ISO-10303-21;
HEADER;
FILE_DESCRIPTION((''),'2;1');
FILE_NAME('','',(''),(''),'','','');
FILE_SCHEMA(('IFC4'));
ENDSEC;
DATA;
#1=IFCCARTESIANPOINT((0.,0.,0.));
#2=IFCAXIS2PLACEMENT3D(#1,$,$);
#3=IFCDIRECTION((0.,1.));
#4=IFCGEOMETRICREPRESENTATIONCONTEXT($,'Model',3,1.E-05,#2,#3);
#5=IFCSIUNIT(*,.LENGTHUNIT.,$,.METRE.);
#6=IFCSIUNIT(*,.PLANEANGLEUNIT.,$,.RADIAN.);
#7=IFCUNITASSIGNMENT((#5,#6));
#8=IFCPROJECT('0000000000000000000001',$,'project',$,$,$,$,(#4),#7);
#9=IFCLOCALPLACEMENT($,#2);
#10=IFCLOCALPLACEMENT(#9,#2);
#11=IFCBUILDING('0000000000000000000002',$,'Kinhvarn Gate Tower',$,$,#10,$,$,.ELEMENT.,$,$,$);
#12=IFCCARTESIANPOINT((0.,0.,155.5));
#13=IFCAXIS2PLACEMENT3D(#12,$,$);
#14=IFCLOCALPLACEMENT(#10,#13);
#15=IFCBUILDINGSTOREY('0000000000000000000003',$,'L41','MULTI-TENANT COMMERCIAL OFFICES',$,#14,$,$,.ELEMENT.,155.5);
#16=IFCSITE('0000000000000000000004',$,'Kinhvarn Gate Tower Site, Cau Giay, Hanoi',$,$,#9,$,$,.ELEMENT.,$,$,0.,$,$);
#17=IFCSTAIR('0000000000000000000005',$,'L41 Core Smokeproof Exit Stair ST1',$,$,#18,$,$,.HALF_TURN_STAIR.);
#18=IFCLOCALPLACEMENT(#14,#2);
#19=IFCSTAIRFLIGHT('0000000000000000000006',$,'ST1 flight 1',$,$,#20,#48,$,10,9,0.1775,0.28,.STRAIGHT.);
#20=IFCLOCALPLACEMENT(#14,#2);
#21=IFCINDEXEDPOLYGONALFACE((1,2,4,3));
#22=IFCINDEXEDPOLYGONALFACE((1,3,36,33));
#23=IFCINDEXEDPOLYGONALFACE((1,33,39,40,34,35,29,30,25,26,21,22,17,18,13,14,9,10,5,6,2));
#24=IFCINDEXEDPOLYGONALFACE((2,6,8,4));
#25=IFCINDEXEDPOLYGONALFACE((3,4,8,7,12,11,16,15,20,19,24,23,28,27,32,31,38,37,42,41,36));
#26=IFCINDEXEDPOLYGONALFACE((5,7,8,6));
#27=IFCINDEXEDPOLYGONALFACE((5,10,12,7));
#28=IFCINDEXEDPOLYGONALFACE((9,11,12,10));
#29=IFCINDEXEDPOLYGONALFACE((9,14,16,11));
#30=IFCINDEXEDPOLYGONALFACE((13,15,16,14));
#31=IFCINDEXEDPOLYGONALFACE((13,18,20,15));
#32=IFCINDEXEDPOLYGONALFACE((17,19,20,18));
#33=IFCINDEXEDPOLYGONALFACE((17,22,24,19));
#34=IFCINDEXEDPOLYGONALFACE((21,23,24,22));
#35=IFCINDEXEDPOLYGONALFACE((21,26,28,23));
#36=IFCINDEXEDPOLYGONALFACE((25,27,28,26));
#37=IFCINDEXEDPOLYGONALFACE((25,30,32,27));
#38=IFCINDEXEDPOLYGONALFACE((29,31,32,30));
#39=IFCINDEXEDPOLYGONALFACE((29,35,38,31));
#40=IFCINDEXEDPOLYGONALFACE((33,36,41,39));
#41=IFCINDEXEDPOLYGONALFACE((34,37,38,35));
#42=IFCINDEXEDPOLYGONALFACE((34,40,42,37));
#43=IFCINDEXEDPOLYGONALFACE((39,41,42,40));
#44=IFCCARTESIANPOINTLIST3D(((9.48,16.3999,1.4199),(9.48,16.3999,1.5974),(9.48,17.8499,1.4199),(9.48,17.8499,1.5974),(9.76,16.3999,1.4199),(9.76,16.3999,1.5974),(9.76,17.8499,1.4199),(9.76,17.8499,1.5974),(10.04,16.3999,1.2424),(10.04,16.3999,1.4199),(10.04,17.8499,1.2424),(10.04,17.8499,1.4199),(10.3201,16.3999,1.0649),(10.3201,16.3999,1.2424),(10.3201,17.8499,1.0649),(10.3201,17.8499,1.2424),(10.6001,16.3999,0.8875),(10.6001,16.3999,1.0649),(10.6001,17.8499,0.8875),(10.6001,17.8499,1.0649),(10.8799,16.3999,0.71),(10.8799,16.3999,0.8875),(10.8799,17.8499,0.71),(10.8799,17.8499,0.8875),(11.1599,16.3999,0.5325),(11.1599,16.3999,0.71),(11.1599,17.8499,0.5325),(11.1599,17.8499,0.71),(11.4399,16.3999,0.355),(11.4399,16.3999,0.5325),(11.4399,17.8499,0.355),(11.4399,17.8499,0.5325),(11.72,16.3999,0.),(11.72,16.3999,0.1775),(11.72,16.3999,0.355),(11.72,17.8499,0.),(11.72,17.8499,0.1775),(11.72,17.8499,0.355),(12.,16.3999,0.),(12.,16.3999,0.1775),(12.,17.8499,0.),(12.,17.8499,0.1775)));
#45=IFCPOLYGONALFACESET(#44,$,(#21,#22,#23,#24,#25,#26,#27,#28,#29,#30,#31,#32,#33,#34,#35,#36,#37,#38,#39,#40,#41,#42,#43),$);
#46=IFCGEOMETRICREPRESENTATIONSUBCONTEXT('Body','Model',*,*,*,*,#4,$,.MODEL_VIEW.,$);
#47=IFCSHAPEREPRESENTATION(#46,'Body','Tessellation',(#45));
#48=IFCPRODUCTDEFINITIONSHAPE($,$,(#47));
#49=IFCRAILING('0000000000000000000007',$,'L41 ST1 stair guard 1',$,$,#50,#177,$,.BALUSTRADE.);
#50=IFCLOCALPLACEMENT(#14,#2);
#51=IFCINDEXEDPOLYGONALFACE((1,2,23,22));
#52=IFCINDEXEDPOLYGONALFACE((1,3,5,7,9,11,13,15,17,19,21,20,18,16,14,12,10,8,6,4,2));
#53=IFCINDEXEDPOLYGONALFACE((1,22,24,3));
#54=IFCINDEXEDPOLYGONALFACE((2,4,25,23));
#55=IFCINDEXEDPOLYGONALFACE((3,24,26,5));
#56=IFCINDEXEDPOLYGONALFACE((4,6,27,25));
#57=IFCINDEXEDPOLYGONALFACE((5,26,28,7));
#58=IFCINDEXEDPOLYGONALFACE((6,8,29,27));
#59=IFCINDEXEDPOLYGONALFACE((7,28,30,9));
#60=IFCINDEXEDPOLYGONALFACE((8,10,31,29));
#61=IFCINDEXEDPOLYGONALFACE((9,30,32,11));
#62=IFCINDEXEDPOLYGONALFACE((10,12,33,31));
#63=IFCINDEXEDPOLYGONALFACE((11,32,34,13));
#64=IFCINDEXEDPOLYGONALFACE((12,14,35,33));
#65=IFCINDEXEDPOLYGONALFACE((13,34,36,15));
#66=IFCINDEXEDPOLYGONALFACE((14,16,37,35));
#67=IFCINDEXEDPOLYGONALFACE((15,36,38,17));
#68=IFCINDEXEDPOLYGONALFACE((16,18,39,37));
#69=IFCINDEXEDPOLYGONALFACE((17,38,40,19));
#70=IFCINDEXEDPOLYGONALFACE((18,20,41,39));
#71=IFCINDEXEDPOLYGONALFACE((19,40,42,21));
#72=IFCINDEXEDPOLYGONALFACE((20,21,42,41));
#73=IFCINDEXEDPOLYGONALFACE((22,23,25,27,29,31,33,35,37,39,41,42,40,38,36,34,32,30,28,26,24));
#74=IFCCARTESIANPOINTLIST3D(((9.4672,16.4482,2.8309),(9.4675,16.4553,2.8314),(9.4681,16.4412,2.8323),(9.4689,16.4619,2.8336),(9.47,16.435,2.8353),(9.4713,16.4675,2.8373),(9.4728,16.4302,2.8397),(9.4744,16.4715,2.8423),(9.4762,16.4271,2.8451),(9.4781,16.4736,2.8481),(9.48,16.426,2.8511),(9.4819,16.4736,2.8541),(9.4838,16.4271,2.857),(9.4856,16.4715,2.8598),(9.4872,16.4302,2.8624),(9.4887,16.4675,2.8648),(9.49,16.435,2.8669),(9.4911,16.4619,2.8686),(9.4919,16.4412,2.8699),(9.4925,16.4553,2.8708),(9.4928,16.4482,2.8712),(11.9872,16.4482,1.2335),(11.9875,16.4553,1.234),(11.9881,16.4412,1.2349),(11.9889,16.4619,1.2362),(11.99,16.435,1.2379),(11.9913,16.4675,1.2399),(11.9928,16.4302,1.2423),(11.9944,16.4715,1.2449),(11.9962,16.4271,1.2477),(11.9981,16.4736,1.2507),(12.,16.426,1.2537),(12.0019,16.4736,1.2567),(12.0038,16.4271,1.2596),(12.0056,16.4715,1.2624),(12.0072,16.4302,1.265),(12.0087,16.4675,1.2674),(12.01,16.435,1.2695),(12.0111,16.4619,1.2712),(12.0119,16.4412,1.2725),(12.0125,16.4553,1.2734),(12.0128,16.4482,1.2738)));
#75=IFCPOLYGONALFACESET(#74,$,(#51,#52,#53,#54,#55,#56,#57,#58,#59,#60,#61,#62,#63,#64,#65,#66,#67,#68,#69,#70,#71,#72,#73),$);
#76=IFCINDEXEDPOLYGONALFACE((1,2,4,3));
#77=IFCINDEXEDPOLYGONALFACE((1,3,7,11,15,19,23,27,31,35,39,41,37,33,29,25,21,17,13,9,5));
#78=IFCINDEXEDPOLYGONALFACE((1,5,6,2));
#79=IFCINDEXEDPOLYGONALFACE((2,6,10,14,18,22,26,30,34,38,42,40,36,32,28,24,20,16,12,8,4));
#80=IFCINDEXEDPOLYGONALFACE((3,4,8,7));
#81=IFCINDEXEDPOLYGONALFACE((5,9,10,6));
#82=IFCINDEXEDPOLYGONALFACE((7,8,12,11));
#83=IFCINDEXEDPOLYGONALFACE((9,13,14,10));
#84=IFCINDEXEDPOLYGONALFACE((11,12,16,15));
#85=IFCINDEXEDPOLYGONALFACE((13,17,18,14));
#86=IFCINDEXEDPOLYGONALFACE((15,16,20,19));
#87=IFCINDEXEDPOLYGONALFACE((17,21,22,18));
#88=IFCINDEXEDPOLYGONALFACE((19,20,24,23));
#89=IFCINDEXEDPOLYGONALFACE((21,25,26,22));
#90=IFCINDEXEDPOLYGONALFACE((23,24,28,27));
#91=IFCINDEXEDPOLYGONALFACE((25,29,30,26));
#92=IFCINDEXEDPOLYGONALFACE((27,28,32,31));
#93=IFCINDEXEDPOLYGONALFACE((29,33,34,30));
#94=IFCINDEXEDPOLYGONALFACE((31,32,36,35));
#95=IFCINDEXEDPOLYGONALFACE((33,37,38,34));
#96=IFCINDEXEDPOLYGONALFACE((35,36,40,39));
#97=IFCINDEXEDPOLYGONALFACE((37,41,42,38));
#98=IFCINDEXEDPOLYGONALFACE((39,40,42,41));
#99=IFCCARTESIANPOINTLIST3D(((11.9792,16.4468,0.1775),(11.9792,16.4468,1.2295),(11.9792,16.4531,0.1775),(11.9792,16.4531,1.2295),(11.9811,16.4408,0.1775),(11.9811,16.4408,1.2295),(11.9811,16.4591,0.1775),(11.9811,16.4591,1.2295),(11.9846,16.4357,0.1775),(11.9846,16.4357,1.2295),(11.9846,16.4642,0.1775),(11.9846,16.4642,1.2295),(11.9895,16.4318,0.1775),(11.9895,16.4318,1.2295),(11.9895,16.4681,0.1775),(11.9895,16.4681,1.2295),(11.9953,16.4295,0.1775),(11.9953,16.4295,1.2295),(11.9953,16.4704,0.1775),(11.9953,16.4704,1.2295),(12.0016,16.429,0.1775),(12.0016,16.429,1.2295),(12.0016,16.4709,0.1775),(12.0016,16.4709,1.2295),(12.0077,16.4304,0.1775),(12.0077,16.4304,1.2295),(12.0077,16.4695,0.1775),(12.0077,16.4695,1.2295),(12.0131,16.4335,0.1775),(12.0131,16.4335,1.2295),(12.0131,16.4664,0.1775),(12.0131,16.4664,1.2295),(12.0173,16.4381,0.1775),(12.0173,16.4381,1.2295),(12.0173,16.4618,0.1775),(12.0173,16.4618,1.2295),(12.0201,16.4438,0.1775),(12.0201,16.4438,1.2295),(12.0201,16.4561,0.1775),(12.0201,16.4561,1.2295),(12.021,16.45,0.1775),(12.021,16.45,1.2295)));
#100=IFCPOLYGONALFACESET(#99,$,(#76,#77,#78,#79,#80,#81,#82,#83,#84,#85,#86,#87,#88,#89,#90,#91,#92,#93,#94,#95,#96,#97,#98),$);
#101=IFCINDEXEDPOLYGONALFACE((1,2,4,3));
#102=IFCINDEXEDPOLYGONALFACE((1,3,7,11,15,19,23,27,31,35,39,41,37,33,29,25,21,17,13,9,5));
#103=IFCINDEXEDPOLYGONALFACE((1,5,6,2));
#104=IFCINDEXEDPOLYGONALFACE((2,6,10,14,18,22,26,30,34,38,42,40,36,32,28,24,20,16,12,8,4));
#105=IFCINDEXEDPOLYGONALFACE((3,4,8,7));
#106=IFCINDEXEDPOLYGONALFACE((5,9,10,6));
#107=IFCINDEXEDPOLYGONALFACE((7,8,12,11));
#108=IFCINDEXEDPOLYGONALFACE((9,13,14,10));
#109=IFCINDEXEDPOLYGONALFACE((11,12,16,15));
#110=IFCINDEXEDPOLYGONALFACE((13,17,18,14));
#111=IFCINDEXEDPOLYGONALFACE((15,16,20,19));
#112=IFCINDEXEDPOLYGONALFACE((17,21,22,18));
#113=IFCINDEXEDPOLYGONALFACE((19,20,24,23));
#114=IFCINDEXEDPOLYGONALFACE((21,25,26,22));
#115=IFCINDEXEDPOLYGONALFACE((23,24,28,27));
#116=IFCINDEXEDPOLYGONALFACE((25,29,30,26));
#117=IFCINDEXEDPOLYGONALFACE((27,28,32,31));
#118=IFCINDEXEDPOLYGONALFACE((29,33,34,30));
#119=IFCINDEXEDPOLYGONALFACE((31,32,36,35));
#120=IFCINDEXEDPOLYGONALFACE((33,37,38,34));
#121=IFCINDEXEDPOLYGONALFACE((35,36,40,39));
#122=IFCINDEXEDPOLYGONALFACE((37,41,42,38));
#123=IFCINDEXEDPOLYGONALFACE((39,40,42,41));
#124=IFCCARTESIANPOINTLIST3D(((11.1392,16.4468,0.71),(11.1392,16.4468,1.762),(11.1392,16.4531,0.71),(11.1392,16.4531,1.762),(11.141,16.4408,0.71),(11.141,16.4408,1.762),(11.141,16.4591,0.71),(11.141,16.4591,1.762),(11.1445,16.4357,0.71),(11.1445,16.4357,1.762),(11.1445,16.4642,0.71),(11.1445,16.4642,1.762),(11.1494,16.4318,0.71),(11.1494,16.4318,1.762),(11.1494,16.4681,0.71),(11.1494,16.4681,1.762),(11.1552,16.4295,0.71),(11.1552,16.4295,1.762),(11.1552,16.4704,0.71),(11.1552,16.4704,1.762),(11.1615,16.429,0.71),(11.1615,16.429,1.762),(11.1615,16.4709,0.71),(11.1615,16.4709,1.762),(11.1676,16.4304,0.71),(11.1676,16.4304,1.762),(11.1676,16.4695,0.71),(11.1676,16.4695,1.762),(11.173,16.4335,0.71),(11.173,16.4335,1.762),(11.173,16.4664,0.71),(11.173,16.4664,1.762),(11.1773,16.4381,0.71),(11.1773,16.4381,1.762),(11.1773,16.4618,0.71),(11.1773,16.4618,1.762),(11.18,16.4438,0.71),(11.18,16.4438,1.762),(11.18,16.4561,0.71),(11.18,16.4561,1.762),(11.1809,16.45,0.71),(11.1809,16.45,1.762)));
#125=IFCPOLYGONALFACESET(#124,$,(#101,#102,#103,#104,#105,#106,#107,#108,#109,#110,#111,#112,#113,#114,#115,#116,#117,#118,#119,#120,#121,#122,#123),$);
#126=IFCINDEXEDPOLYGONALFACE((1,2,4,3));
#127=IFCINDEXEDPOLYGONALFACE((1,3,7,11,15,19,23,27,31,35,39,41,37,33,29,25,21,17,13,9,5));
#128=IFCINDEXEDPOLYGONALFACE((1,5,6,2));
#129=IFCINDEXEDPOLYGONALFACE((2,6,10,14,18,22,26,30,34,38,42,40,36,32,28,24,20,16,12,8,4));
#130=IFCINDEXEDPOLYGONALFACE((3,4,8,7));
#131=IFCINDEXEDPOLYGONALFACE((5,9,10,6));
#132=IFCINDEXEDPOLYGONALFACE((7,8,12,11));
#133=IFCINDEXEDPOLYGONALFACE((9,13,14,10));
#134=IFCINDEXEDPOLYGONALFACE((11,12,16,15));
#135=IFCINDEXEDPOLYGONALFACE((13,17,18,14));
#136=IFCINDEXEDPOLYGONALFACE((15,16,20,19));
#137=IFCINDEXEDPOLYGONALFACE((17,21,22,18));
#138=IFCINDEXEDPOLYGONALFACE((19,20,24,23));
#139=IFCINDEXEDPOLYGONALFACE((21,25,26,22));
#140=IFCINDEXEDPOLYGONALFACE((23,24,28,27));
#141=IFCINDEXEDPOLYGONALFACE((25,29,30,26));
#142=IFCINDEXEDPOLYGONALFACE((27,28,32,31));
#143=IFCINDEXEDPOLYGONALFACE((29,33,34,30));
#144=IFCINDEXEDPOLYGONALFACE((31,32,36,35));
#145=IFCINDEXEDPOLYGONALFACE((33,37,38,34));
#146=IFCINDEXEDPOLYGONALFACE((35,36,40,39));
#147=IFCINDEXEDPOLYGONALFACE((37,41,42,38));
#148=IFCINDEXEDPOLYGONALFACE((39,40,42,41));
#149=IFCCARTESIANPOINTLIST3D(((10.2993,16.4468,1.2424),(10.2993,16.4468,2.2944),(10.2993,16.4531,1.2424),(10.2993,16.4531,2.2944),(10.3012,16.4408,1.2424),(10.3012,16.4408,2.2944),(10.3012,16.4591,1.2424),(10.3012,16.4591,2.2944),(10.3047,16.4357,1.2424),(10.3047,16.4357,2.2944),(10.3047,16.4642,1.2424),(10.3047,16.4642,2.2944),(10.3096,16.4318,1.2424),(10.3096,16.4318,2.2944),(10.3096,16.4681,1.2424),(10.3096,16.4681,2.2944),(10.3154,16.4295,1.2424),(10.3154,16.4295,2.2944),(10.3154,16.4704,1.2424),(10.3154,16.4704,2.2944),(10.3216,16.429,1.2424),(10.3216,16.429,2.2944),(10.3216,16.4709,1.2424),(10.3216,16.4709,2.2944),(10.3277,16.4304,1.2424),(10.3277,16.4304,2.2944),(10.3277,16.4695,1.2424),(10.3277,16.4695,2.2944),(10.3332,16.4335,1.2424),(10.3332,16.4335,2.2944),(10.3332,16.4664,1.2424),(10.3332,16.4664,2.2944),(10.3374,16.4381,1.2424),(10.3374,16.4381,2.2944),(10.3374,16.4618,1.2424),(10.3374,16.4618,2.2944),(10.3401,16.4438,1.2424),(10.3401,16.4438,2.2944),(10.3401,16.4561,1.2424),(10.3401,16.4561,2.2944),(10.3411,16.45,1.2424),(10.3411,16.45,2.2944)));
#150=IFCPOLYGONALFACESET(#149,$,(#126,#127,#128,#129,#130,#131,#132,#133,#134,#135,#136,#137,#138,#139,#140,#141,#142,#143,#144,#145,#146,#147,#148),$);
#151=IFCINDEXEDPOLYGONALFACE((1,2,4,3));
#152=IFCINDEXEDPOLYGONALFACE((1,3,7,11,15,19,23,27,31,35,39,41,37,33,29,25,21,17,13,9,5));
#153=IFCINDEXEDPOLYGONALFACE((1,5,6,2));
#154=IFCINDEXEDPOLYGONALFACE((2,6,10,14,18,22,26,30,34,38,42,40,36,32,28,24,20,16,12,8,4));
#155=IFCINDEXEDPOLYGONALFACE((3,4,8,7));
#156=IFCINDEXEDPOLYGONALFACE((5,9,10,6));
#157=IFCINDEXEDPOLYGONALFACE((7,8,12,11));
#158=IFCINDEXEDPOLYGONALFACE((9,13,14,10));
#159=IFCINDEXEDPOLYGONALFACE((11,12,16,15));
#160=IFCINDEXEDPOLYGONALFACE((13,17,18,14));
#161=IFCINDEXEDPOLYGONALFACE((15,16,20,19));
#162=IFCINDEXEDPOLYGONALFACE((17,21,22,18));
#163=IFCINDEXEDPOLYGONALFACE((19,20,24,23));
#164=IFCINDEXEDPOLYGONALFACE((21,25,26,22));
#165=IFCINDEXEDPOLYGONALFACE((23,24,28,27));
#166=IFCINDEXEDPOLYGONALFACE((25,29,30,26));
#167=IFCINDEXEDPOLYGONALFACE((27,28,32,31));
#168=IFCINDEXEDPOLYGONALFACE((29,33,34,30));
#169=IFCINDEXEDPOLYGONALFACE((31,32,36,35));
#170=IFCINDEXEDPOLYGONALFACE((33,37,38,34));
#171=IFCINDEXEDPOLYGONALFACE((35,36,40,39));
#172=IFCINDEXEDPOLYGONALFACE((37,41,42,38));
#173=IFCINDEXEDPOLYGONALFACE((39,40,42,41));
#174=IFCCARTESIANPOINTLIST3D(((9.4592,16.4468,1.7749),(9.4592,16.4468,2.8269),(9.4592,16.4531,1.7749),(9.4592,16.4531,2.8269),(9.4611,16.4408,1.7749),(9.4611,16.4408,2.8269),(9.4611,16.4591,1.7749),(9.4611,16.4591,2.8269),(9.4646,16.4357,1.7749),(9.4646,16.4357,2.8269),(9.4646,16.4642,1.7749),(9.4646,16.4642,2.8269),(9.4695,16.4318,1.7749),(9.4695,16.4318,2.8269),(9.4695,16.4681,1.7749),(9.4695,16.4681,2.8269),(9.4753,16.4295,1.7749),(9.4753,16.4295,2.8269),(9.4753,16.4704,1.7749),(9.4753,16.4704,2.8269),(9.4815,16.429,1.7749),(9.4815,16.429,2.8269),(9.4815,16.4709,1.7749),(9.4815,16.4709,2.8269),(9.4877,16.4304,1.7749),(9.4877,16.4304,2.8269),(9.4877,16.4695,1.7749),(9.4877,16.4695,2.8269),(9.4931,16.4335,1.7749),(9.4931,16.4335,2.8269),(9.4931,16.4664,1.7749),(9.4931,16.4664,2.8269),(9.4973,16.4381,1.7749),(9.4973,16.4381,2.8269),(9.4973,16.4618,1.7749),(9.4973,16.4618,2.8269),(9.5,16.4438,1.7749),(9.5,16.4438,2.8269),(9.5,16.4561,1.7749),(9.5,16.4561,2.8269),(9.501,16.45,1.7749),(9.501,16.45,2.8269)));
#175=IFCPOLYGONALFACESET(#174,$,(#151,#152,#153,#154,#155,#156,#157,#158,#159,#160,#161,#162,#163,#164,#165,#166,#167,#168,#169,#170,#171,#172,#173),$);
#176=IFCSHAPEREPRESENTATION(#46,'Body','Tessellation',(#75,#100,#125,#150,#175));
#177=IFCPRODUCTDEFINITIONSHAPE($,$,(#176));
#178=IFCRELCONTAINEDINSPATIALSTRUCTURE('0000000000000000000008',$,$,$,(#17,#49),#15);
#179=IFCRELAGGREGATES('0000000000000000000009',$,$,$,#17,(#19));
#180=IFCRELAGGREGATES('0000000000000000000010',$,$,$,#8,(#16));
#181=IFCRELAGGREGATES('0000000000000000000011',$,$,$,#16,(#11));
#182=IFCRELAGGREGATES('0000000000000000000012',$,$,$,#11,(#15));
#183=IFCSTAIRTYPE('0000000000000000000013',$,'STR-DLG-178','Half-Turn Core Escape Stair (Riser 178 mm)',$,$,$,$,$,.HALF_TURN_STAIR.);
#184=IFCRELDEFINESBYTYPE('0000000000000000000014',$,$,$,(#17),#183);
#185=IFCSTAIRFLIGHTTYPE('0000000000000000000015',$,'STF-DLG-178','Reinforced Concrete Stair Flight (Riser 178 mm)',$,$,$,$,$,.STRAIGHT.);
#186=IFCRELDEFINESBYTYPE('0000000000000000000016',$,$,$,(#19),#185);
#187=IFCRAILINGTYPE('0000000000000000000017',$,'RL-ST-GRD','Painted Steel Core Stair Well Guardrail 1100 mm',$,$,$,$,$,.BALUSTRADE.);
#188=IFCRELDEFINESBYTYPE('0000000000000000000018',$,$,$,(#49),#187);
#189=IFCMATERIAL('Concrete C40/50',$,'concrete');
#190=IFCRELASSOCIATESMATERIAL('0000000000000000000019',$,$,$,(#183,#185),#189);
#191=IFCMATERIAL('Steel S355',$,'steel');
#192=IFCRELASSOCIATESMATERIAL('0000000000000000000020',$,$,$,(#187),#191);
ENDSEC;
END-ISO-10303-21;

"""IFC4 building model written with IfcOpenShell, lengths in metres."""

from ifc_helpers import new_model, si_unit, direction, frame, origin, origin_2d, place, context, subcontext, project, spatial, polyline, circle, outline, extrude, material, type_object, element, aggregate, save


model = new_model("IFC4")

# Units and contexts
model_context = context("Model", 3, precision=1e-05, world=origin(), true_north=direction((0.0, 1.0)))
body_context = subcontext(model_context, "Body", "Model", "MODEL_VIEW")
ifc_project = project(units=[si_unit("LENGTHUNIT", "METRE"), si_unit("PLANEANGLEUNIT", "RADIAN")], contexts=[model_context])

# Site, building, storey
site_placement = place(None, origin())
site = spatial("IfcSite", under=ifc_project, at=site_placement, Name="Kinhvarn Gate Tower Site, Cau Giay, Hanoi", CompositionType="ELEMENT", RefElevation=0.0)
building_placement = place(site_placement, origin())
building = spatial("IfcBuilding", under=site, at=building_placement, Name="Kinhvarn Gate Tower", CompositionType="ELEMENT")
storey_placement = place(building_placement, frame((0.0, 0.0, 155.5)))
storey = spatial("IfcBuildingStorey", under=building, at=storey_placement, Name="L41", Description="MULTI-TENANT COMMERCIAL OFFICES", CompositionType="ELEMENT", Elevation=155.5)

# Shared definitions
ifc_material_1 = material(Name="Steel S355", Category="steel")

# Shared definitions
ifc_material_2 = material(Name="Concrete C40/50", Category="concrete")

# Stair, stair flight
stair_type = type_object("IfcStairType", Name="STR-DLG-178", Description="Half-Turn Core Escape Stair (Riser 178 mm)", PredefinedType="HALF_TURN_STAIR", material=ifc_material_2)
stair_placement = place(storey_placement, origin())
stair = element("IfcStair", 1, at=stair_placement, inside=storey, type_object=stair_type, Name="L41 Core Smokeproof Exit Stair ST1", PredefinedType="HALF_TURN_STAIR")
stair_flight_type = type_object("IfcStairFlightType", Name="STF-DLG-178", Description="Reinforced Concrete Stair Flight (Riser 178 mm)", PredefinedType="STRAIGHT", material=ifc_material_2)
stair_flight_placement = place(storey_placement, frame((12.0, 17.125, 0.0), z_axis=(0.0, 0.0, 1.0), x_axis=(-1.0, 0.0, 0.0)))
stair_flight = element("IfcStairFlight", 2, at=stair_flight_placement, type_object=stair_flight_type, Name="ST1 flight 1", NumberOfRisers=10, NumberOfTreads=9, PredefinedType="STRAIGHT", RiserHeight=0.1775, TreadLength=0.28, context=body_context, shape_type="SweptSolid", body=[
    extrude(outline(polyline([(0.0, 0.0), (0.0, 0.1775), (0.28, 0.1775), (0.28, 0.355), (0.5601, 0.355), (0.5601, 0.5325), (0.8401, 0.5325), (0.8401, 0.71), (1.1201, 0.71), (1.1201, 0.8875), (1.3999, 0.8875), (1.3999, 1.0649), (1.6799, 1.0649), (1.6799, 1.2424), (1.96, 1.2424), (1.96, 1.4199), (2.24, 1.4199), (2.24, 1.5974), (2.52, 1.5974), (2.52, 1.7749), (2.52, 1.4199), (0.28, 0.0), (0.0, 0.0)])), frame((0.0, 0.7251, 0.0), z_axis=(0.0, -1.0, 0.0), x_axis=(1.0, 0.0, 0.0)), (0.0, 0.0, 1.0), 1.45),
])
aggregate(stair, [stair_flight])

# Railing
railing_type_1 = type_object("IfcRailingType", Name="RL-ST-GRD", Description="Painted Steel Core Stair Well Guardrail 1100 mm", PredefinedType="BALUSTRADE", material=ifc_material_1)
railing_1_placement = place(storey_placement, frame((12.0, 16.45, 0.1775)))
element("IfcRailing", 3, at=railing_1_placement, inside=storey, type_object=railing_type_1, Name="L41 ST1 stair guard 1", PredefinedType="BALUSTRADE", context=body_context, shape_type="SweptSolid", body=[
    extrude(circle(Radius=0.0239, at=origin_2d()), frame((0.0, 0.0, 1.0762), z_axis=(-0.844607, 0.0, 0.535387), x_axis=(0.0, -1.0, 0.0)), (0.0, 0.0, 1.0), 2.9836),
    extrude(circle(Radius=0.021, at=origin_2d()), origin(), (0.0, 0.0, 1.0), 1.052),
    extrude(circle(Radius=0.021, at=origin_2d()), frame((-0.8401, 0.0, 0.5325)), (0.0, 0.0, 1.0), 1.052),
    extrude(circle(Radius=0.021, at=origin_2d()), frame((-1.6799, 0.0, 1.0649)), (0.0, 0.0, 1.0), 1.052),
    extrude(circle(Radius=0.021, at=origin_2d()), frame((-2.52, 0.0, 1.5974)), (0.0, 0.0, 1.0), 1.052),
])

save(model, "model.ifc")
